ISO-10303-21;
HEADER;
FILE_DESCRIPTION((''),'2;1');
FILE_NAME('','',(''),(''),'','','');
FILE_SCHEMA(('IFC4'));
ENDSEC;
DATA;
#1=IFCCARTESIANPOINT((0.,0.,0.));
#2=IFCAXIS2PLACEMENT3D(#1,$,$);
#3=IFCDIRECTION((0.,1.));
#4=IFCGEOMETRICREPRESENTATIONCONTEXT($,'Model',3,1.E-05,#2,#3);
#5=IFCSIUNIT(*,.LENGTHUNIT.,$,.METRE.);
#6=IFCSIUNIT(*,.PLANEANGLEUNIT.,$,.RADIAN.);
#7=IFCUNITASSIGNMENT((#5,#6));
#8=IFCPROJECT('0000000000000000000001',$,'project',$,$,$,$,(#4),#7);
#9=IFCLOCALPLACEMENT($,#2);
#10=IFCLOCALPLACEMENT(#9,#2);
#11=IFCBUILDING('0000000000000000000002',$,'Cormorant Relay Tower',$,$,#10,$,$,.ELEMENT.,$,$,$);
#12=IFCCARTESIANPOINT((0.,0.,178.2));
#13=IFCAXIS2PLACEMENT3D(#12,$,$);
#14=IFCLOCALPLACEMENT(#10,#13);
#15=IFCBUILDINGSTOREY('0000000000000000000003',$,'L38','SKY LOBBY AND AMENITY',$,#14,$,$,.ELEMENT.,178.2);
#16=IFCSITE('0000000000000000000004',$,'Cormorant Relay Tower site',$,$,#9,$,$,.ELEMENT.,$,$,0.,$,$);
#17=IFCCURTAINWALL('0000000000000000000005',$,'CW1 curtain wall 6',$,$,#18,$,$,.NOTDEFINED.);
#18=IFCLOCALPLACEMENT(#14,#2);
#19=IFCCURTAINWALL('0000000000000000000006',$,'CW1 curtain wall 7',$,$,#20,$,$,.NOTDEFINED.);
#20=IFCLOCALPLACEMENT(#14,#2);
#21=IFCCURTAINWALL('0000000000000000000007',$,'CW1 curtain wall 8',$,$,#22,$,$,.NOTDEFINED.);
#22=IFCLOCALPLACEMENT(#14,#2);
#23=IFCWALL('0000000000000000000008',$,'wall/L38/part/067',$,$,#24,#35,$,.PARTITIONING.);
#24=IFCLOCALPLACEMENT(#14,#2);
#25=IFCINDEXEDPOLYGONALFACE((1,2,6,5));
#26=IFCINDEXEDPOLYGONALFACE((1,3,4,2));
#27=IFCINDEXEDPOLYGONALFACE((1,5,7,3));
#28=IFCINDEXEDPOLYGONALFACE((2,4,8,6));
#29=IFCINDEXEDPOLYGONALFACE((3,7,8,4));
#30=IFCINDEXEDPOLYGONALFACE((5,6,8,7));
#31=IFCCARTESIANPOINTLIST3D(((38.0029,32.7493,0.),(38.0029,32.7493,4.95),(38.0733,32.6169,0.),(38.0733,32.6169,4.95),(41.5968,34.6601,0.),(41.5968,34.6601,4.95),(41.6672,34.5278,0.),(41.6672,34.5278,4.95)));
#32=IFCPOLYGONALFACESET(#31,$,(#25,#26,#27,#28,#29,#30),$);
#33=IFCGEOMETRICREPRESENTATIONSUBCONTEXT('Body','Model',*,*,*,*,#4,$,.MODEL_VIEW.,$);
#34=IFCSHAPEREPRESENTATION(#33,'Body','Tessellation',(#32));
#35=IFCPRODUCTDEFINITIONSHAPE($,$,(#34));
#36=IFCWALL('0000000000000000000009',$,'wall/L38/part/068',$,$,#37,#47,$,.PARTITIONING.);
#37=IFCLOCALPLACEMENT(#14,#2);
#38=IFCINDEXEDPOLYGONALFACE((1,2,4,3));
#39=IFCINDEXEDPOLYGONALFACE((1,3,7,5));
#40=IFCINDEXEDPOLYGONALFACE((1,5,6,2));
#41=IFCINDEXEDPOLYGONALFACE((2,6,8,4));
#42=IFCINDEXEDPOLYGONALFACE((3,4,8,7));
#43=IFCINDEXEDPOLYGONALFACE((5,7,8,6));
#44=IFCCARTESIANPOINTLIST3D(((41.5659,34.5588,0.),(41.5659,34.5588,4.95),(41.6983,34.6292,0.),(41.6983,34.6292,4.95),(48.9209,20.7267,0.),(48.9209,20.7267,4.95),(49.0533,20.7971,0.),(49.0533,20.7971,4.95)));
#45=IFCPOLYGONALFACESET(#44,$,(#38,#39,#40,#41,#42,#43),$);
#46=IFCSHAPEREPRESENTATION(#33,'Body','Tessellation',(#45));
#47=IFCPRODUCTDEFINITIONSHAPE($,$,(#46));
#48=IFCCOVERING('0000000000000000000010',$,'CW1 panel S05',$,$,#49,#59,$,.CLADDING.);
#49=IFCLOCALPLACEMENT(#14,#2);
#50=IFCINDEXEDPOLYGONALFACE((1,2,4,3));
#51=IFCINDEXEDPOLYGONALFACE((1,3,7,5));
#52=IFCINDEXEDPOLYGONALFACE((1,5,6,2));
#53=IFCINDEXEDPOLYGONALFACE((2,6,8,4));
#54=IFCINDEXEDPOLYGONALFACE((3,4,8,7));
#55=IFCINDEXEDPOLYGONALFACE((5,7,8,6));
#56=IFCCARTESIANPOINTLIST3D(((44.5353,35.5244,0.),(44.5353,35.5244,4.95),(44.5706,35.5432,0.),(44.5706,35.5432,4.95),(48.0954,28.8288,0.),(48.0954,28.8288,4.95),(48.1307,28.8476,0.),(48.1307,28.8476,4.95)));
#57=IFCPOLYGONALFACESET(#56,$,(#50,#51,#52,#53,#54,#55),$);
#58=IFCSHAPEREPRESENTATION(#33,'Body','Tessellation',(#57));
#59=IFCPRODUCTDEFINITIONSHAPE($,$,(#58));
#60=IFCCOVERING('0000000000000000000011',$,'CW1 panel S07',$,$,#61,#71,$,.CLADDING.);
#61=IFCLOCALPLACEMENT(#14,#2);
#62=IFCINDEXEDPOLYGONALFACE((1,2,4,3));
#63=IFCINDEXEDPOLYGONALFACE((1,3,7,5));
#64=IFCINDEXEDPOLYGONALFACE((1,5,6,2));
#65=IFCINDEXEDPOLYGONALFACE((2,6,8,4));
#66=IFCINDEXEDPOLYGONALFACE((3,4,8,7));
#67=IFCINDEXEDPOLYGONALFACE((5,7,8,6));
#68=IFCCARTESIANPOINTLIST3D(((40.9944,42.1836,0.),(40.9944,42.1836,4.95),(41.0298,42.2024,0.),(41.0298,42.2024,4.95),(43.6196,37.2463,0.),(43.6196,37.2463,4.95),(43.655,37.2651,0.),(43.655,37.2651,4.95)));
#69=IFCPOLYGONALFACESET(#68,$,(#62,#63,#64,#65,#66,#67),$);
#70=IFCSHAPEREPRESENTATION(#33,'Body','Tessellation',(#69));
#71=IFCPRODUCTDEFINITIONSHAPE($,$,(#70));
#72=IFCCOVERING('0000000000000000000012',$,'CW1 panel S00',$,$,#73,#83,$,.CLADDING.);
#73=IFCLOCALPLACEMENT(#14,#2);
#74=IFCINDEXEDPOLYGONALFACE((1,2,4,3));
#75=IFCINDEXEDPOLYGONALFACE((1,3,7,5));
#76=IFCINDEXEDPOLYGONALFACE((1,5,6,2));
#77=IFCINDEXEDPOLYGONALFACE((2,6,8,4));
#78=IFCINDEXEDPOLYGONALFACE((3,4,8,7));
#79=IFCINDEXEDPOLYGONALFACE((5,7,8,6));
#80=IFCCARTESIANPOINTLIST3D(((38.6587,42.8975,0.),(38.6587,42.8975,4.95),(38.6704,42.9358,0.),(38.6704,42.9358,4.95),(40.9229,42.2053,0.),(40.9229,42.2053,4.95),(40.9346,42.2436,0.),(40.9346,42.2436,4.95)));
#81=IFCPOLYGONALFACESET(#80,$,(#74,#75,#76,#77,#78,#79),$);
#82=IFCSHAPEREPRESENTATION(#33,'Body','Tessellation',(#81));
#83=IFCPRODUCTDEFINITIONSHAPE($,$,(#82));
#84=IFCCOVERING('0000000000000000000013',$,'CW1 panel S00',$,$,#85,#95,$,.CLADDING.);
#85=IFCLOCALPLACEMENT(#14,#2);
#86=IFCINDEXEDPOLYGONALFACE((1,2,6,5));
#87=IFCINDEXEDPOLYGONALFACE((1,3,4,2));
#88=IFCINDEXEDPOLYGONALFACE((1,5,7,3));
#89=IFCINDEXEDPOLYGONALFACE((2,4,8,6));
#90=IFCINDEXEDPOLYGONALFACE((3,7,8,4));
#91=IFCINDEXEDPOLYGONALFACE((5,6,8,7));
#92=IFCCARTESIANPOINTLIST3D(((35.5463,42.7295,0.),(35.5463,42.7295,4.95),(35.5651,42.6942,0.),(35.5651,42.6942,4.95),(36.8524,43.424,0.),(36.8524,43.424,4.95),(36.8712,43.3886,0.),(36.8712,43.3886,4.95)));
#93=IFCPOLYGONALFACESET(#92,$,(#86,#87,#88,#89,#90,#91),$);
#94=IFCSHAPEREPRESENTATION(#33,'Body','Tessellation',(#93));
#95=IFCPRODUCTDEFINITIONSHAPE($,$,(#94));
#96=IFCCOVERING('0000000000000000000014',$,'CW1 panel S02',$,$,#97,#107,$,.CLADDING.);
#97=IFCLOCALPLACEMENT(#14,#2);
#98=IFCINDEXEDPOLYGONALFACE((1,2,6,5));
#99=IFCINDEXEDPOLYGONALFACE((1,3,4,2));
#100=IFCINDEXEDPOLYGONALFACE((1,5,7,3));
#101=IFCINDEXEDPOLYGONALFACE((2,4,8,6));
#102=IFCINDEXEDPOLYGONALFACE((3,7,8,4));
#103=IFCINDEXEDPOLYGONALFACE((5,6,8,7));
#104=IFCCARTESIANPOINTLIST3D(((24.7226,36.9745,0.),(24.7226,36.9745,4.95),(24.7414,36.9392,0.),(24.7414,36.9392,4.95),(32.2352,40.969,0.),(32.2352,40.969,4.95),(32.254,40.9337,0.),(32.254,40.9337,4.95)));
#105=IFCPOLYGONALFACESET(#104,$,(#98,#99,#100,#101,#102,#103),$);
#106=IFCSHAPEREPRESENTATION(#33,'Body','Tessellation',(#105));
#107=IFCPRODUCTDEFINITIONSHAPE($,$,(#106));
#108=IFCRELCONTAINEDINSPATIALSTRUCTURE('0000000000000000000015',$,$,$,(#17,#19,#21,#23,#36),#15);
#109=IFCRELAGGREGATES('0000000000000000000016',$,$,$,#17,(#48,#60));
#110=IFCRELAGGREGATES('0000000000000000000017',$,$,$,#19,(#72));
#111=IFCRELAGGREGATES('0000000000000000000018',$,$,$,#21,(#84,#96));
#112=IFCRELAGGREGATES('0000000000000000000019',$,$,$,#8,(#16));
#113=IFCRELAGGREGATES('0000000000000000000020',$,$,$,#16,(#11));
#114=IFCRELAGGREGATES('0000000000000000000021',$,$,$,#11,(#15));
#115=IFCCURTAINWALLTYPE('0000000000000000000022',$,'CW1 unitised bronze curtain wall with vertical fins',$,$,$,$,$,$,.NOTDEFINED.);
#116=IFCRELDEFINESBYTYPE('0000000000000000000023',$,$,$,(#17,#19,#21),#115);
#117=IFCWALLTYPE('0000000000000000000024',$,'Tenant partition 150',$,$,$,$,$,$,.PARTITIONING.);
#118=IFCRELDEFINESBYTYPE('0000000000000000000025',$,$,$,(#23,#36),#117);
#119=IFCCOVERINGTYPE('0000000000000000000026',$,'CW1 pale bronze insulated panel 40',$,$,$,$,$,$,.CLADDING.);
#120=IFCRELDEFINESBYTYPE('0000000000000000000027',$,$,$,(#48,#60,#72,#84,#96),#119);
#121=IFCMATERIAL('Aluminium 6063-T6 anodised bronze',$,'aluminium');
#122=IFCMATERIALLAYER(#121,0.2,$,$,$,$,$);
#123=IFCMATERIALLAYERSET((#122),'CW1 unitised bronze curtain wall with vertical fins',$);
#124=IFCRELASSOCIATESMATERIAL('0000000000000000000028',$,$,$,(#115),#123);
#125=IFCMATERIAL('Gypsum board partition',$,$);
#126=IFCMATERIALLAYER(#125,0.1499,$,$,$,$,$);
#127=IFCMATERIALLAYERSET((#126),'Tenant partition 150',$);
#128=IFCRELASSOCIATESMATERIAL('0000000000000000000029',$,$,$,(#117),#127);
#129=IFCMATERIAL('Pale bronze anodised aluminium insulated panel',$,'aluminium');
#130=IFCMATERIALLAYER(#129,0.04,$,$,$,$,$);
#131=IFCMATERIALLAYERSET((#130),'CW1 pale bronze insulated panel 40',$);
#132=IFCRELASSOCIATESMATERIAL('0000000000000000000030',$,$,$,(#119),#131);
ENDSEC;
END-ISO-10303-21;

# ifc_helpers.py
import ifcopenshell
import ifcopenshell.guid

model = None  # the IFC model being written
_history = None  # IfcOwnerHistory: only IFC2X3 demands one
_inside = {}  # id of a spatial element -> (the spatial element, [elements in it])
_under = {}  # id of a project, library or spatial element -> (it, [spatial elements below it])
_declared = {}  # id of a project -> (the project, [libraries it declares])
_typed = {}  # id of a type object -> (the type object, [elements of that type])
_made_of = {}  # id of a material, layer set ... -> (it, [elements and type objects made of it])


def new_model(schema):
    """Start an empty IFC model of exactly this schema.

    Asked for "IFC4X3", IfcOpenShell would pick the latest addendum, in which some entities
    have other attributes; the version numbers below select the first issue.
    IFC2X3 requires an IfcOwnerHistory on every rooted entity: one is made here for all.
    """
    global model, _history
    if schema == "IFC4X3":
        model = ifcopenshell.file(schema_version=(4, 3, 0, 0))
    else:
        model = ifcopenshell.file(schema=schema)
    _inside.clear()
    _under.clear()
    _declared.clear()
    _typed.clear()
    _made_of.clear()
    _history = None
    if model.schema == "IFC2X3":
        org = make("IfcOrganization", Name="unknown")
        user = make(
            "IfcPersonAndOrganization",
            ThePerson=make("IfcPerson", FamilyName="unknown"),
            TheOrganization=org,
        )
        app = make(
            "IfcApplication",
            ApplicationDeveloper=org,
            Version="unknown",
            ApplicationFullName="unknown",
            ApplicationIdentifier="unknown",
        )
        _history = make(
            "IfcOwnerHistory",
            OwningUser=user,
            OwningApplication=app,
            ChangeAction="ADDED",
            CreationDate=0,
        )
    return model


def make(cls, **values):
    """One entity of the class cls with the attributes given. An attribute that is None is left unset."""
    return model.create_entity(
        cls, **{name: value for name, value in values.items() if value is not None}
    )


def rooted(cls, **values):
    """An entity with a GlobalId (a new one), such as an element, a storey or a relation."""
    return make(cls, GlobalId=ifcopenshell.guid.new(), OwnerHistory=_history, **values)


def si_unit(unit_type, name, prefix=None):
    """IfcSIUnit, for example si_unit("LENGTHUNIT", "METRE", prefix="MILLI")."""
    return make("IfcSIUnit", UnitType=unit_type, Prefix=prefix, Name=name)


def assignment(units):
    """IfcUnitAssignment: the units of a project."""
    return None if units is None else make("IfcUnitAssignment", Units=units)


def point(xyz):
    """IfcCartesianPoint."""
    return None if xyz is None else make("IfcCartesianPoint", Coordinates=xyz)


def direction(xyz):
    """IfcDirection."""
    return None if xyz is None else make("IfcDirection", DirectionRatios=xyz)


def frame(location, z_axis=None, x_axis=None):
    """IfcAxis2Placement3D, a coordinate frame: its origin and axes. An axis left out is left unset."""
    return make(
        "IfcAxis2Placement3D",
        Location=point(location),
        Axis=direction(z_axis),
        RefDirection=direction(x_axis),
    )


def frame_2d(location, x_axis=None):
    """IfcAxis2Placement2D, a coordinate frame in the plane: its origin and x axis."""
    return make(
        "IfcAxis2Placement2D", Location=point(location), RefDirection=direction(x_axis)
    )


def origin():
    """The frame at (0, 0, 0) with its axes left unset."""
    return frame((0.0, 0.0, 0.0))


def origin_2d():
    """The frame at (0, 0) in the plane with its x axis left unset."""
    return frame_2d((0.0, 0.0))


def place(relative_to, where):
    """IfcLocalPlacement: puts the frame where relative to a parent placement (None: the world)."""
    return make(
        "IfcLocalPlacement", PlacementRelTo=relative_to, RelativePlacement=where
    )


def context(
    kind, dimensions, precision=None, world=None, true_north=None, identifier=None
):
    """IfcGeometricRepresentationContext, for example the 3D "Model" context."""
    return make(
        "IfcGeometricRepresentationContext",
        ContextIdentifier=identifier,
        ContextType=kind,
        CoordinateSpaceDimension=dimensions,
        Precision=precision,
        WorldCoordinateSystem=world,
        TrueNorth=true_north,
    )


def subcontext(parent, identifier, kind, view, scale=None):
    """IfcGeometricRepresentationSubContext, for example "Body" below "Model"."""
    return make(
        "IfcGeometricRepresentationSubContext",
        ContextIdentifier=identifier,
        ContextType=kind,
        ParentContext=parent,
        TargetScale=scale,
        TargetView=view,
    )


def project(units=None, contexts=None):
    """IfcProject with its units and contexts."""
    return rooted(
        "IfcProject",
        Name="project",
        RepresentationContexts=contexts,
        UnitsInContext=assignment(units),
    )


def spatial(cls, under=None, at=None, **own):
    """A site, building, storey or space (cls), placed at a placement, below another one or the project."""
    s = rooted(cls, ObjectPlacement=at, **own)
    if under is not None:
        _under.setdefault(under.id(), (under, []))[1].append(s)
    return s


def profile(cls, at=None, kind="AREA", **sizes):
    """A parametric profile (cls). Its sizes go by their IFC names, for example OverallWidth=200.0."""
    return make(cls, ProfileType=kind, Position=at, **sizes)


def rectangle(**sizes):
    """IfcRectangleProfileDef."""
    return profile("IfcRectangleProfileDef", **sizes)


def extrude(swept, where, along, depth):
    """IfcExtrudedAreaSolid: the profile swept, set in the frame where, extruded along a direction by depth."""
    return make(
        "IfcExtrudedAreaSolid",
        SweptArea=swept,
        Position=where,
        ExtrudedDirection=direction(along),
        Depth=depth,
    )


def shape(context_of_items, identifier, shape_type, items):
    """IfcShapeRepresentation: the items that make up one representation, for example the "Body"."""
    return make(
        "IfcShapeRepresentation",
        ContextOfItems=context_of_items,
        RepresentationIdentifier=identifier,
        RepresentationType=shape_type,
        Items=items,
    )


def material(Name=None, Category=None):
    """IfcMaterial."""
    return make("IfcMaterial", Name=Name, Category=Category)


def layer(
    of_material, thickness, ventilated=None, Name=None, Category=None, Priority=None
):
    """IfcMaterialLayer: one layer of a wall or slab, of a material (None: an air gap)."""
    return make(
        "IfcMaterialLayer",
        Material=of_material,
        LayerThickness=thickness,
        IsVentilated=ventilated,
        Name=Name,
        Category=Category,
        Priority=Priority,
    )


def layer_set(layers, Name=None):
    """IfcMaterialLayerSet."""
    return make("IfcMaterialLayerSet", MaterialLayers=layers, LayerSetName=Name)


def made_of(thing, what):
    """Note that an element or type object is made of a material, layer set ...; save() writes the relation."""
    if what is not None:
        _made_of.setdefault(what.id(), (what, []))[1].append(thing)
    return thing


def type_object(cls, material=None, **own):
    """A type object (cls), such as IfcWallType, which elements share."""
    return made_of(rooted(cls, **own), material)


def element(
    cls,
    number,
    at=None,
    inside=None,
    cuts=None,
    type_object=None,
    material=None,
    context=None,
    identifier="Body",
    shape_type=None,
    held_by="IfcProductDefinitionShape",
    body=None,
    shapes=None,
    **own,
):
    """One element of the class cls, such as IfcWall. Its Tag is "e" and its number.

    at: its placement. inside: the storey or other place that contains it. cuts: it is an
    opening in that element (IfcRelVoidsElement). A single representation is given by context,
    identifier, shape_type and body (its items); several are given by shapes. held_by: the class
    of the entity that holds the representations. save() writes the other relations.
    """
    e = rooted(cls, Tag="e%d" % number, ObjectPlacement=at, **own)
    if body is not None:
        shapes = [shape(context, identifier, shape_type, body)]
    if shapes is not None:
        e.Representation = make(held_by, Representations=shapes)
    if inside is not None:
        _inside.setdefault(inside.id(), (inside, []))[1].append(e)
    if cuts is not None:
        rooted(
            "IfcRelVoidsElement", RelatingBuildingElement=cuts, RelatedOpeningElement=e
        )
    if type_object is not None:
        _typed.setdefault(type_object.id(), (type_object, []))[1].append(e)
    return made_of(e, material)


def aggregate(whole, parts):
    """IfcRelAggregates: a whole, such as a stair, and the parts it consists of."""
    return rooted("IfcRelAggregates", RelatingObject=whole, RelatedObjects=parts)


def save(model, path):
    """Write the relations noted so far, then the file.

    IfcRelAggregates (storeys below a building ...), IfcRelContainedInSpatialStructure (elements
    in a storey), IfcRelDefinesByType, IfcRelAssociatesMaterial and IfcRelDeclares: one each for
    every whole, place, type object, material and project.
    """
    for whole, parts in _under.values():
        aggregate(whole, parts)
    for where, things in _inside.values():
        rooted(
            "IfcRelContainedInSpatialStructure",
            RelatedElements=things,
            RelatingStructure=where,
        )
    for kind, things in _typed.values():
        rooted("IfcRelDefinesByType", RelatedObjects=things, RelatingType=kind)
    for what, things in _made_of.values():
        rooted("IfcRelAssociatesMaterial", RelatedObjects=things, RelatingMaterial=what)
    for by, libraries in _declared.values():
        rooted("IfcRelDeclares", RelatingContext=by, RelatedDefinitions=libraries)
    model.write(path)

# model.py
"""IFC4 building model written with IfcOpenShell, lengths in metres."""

from ifc_helpers import new_model, si_unit, direction, frame, frame_2d, origin, origin_2d, place, context, subcontext, project, spatial, rectangle, extrude, material, layer, layer_set, type_object, element, aggregate, save


model = new_model("IFC4")

# Units and contexts
model_context = context("Model", 3, precision=1e-05, world=origin(), true_north=direction((0.0, 1.0)))
body_context = subcontext(model_context, "Body", "Model", "MODEL_VIEW")
ifc_project = project(units=[si_unit("LENGTHUNIT", "METRE"), si_unit("PLANEANGLEUNIT", "RADIAN")], contexts=[model_context])

# Site, building, storey
site_placement = place(None, origin())
site = spatial("IfcSite", under=ifc_project, at=site_placement, Name="Cormorant Relay Tower site", CompositionType="ELEMENT", RefElevation=0.0)
building_placement = place(site_placement, origin())
building = spatial("IfcBuilding", under=site, at=building_placement, Name="Cormorant Relay Tower", CompositionType="ELEMENT")
storey_placement = place(building_placement, frame((0.0, 0.0, 178.2)))
storey = spatial("IfcBuildingStorey", under=building, at=storey_placement, Name="L38", Description="SKY LOBBY AND AMENITY", CompositionType="ELEMENT", Elevation=178.2)

# Curtain wall
ifc_material_1 = material(Name="Aluminium 6063-T6 anodised bronze", Category="aluminium")
ifc_layer_1 = layer(ifc_material_1, 0.2)
ifc_layer_set_1 = layer_set([ifc_layer_1], Name="CW1 unitised bronze curtain wall with vertical fins")
curtain_wall_type = type_object("IfcCurtainWallType", Name="CW1 unitised bronze curtain wall with vertical fins", PredefinedType="NOTDEFINED", material=ifc_layer_set_1)
curtain_wall_1_placement = place(storey_placement, origin())
curtain_wall_1 = element("IfcCurtainWall", 1, at=curtain_wall_1_placement, inside=storey, type_object=curtain_wall_type, Name="CW1 curtain wall 6", PredefinedType="NOTDEFINED")

# Curtain wall
curtain_wall_2_placement = place(storey_placement, origin())
curtain_wall_2 = element("IfcCurtainWall", 2, at=curtain_wall_2_placement, inside=storey, type_object=curtain_wall_type, Name="CW1 curtain wall 7", PredefinedType="NOTDEFINED")

# Curtain wall
curtain_wall_3_placement = place(storey_placement, origin())
curtain_wall_3 = element("IfcCurtainWall", 3, at=curtain_wall_3_placement, inside=storey, type_object=curtain_wall_type, Name="CW1 curtain wall 8", PredefinedType="NOTDEFINED")

# Walls
ifc_material_2 = material(Name="Gypsum board partition")
ifc_layer_2 = layer(ifc_material_2, 0.1499)
ifc_layer_set_2 = layer_set([ifc_layer_2], Name="Tenant partition 150")
wall_type_1 = type_object("IfcWallType", Name="Tenant partition 150", PredefinedType="PARTITIONING", material=ifc_layer_set_2)
wall_1_placement = place(storey_placement, frame((38.0381, 32.6831, 0.0), z_axis=(0.0, 0.0, 1.0), x_axis=(0.882955, 0.469458, 0.0)))
element("IfcWall", 4, at=wall_1_placement, inside=storey, type_object=wall_type_1, Name="wall/L38/part/067", PredefinedType="PARTITIONING", context=body_context, shape_type="SweptSolid", body=[
    extrude(rectangle(XDim=4.0703, YDim=0.1499, at=frame_2d((2.0352, 0.0))), origin(), (0.0, 0.0, 1.0), 4.95),
])
wall_2_placement = place(storey_placement, frame((41.6321, 34.594, 0.0), z_axis=(0.0, 0.0, 1.0), x_axis=(0.469489, -0.882938, 0.0)))
element("IfcWall", 5, at=wall_2_placement, inside=storey, type_object=wall_type_1, Name="wall/L38/part/068", PredefinedType="PARTITIONING", context=body_context, shape_type="SweptSolid", body=[
    extrude(rectangle(XDim=15.666, YDim=0.1499, at=frame_2d((7.833, 0.0))), origin(), (0.0, 0.0, 1.0), 4.95),
])

# Coverings
ifc_material_3 = material(Name="Pale bronze anodised aluminium insulated panel", Category="aluminium")
ifc_layer_3 = layer(ifc_material_3, 0.04)
ifc_layer_set_3 = layer_set([ifc_layer_3], Name="CW1 pale bronze insulated panel 40")
covering_type = type_object("IfcCoveringType", Name="CW1 pale bronze insulated panel 40", PredefinedType="CLADDING", material=ifc_layer_set_3)
covering_1_placement = place(storey_placement, frame((46.333, 32.186, 0.0), z_axis=(0.0, 0.0, 1.0), x_axis=(-0.469472, 0.882948, 0.0)))
covering_1 = element("IfcCovering", 6, at=covering_1_placement, type_object=covering_type, Name="CW1 panel S05", PredefinedType="CLADDING", context=body_context, shape_type="SweptSolid", body=[
    extrude(rectangle(XDim=7.5833, YDim=0.04, at=origin_2d()), origin(), (0.0, 0.0, 1.0), 4.95),
])
covering_2_placement = place(storey_placement, frame((42.3247, 39.7244, 0.0), z_axis=(0.0, 0.0, 1.0), x_axis=(-0.469472, 0.882948, 0.0)))
covering_2 = element("IfcCovering", 7, at=covering_2_placement, type_object=covering_type, Name="CW1 panel S07", PredefinedType="CLADDING", context=body_context, shape_type="SweptSolid", body=[
    extrude(rectangle(XDim=5.5918, YDim=0.04, at=origin_2d()), origin(), (0.0, 0.0, 1.0), 4.95),
])
aggregate(curtain_wall_1, [covering_1, covering_2])
covering_3_placement = place(storey_placement, frame((39.7966, 42.5706, 0.0), z_axis=(0.0, 0.0, 1.0), x_axis=(-0.956305, 0.292372, 0.0)))
covering_3 = element("IfcCovering", 8, at=covering_3_placement, type_object=covering_type, Name="CW1 panel S00", PredefinedType="CLADDING", context=body_context, shape_type="SweptSolid", body=[
    extrude(rectangle(XDim=2.3677, YDim=0.04, at=origin_2d()), origin(), (0.0, 0.0, 1.0), 4.95),
])
aggregate(curtain_wall_2, [covering_3])
covering_4_placement = place(storey_placement, frame((36.2087, 43.0591, 0.0), z_axis=(0.0, 0.0, 1.0), x_axis=(-0.882948, -0.469472, 0.0)))
covering_4 = element("IfcCovering", 9, at=covering_4_placement, type_object=covering_type, Name="CW1 panel S00", PredefinedType="CLADDING", context=body_context, shape_type="SweptSolid", body=[
    extrude(rectangle(XDim=1.4792, YDim=0.04, at=origin_2d()), origin(), (0.0, 0.0, 1.0), 4.95),
])
covering_5_placement = place(storey_placement, frame((28.4883, 38.9541, 0.0), z_axis=(0.0, 0.0, 1.0), x_axis=(-0.882948, -0.469472, 0.0)))
covering_5 = element("IfcCovering", 10, at=covering_5_placement, type_object=covering_type, Name="CW1 panel S02", PredefinedType="CLADDING", context=body_context, shape_type="SweptSolid", body=[
    extrude(rectangle(XDim=8.5085, YDim=0.04, at=origin_2d()), origin(), (0.0, 0.0, 1.0), 4.95),
])
aggregate(curtain_wall_3, [covering_4, covering_5])

save(model, "model.ifc")
